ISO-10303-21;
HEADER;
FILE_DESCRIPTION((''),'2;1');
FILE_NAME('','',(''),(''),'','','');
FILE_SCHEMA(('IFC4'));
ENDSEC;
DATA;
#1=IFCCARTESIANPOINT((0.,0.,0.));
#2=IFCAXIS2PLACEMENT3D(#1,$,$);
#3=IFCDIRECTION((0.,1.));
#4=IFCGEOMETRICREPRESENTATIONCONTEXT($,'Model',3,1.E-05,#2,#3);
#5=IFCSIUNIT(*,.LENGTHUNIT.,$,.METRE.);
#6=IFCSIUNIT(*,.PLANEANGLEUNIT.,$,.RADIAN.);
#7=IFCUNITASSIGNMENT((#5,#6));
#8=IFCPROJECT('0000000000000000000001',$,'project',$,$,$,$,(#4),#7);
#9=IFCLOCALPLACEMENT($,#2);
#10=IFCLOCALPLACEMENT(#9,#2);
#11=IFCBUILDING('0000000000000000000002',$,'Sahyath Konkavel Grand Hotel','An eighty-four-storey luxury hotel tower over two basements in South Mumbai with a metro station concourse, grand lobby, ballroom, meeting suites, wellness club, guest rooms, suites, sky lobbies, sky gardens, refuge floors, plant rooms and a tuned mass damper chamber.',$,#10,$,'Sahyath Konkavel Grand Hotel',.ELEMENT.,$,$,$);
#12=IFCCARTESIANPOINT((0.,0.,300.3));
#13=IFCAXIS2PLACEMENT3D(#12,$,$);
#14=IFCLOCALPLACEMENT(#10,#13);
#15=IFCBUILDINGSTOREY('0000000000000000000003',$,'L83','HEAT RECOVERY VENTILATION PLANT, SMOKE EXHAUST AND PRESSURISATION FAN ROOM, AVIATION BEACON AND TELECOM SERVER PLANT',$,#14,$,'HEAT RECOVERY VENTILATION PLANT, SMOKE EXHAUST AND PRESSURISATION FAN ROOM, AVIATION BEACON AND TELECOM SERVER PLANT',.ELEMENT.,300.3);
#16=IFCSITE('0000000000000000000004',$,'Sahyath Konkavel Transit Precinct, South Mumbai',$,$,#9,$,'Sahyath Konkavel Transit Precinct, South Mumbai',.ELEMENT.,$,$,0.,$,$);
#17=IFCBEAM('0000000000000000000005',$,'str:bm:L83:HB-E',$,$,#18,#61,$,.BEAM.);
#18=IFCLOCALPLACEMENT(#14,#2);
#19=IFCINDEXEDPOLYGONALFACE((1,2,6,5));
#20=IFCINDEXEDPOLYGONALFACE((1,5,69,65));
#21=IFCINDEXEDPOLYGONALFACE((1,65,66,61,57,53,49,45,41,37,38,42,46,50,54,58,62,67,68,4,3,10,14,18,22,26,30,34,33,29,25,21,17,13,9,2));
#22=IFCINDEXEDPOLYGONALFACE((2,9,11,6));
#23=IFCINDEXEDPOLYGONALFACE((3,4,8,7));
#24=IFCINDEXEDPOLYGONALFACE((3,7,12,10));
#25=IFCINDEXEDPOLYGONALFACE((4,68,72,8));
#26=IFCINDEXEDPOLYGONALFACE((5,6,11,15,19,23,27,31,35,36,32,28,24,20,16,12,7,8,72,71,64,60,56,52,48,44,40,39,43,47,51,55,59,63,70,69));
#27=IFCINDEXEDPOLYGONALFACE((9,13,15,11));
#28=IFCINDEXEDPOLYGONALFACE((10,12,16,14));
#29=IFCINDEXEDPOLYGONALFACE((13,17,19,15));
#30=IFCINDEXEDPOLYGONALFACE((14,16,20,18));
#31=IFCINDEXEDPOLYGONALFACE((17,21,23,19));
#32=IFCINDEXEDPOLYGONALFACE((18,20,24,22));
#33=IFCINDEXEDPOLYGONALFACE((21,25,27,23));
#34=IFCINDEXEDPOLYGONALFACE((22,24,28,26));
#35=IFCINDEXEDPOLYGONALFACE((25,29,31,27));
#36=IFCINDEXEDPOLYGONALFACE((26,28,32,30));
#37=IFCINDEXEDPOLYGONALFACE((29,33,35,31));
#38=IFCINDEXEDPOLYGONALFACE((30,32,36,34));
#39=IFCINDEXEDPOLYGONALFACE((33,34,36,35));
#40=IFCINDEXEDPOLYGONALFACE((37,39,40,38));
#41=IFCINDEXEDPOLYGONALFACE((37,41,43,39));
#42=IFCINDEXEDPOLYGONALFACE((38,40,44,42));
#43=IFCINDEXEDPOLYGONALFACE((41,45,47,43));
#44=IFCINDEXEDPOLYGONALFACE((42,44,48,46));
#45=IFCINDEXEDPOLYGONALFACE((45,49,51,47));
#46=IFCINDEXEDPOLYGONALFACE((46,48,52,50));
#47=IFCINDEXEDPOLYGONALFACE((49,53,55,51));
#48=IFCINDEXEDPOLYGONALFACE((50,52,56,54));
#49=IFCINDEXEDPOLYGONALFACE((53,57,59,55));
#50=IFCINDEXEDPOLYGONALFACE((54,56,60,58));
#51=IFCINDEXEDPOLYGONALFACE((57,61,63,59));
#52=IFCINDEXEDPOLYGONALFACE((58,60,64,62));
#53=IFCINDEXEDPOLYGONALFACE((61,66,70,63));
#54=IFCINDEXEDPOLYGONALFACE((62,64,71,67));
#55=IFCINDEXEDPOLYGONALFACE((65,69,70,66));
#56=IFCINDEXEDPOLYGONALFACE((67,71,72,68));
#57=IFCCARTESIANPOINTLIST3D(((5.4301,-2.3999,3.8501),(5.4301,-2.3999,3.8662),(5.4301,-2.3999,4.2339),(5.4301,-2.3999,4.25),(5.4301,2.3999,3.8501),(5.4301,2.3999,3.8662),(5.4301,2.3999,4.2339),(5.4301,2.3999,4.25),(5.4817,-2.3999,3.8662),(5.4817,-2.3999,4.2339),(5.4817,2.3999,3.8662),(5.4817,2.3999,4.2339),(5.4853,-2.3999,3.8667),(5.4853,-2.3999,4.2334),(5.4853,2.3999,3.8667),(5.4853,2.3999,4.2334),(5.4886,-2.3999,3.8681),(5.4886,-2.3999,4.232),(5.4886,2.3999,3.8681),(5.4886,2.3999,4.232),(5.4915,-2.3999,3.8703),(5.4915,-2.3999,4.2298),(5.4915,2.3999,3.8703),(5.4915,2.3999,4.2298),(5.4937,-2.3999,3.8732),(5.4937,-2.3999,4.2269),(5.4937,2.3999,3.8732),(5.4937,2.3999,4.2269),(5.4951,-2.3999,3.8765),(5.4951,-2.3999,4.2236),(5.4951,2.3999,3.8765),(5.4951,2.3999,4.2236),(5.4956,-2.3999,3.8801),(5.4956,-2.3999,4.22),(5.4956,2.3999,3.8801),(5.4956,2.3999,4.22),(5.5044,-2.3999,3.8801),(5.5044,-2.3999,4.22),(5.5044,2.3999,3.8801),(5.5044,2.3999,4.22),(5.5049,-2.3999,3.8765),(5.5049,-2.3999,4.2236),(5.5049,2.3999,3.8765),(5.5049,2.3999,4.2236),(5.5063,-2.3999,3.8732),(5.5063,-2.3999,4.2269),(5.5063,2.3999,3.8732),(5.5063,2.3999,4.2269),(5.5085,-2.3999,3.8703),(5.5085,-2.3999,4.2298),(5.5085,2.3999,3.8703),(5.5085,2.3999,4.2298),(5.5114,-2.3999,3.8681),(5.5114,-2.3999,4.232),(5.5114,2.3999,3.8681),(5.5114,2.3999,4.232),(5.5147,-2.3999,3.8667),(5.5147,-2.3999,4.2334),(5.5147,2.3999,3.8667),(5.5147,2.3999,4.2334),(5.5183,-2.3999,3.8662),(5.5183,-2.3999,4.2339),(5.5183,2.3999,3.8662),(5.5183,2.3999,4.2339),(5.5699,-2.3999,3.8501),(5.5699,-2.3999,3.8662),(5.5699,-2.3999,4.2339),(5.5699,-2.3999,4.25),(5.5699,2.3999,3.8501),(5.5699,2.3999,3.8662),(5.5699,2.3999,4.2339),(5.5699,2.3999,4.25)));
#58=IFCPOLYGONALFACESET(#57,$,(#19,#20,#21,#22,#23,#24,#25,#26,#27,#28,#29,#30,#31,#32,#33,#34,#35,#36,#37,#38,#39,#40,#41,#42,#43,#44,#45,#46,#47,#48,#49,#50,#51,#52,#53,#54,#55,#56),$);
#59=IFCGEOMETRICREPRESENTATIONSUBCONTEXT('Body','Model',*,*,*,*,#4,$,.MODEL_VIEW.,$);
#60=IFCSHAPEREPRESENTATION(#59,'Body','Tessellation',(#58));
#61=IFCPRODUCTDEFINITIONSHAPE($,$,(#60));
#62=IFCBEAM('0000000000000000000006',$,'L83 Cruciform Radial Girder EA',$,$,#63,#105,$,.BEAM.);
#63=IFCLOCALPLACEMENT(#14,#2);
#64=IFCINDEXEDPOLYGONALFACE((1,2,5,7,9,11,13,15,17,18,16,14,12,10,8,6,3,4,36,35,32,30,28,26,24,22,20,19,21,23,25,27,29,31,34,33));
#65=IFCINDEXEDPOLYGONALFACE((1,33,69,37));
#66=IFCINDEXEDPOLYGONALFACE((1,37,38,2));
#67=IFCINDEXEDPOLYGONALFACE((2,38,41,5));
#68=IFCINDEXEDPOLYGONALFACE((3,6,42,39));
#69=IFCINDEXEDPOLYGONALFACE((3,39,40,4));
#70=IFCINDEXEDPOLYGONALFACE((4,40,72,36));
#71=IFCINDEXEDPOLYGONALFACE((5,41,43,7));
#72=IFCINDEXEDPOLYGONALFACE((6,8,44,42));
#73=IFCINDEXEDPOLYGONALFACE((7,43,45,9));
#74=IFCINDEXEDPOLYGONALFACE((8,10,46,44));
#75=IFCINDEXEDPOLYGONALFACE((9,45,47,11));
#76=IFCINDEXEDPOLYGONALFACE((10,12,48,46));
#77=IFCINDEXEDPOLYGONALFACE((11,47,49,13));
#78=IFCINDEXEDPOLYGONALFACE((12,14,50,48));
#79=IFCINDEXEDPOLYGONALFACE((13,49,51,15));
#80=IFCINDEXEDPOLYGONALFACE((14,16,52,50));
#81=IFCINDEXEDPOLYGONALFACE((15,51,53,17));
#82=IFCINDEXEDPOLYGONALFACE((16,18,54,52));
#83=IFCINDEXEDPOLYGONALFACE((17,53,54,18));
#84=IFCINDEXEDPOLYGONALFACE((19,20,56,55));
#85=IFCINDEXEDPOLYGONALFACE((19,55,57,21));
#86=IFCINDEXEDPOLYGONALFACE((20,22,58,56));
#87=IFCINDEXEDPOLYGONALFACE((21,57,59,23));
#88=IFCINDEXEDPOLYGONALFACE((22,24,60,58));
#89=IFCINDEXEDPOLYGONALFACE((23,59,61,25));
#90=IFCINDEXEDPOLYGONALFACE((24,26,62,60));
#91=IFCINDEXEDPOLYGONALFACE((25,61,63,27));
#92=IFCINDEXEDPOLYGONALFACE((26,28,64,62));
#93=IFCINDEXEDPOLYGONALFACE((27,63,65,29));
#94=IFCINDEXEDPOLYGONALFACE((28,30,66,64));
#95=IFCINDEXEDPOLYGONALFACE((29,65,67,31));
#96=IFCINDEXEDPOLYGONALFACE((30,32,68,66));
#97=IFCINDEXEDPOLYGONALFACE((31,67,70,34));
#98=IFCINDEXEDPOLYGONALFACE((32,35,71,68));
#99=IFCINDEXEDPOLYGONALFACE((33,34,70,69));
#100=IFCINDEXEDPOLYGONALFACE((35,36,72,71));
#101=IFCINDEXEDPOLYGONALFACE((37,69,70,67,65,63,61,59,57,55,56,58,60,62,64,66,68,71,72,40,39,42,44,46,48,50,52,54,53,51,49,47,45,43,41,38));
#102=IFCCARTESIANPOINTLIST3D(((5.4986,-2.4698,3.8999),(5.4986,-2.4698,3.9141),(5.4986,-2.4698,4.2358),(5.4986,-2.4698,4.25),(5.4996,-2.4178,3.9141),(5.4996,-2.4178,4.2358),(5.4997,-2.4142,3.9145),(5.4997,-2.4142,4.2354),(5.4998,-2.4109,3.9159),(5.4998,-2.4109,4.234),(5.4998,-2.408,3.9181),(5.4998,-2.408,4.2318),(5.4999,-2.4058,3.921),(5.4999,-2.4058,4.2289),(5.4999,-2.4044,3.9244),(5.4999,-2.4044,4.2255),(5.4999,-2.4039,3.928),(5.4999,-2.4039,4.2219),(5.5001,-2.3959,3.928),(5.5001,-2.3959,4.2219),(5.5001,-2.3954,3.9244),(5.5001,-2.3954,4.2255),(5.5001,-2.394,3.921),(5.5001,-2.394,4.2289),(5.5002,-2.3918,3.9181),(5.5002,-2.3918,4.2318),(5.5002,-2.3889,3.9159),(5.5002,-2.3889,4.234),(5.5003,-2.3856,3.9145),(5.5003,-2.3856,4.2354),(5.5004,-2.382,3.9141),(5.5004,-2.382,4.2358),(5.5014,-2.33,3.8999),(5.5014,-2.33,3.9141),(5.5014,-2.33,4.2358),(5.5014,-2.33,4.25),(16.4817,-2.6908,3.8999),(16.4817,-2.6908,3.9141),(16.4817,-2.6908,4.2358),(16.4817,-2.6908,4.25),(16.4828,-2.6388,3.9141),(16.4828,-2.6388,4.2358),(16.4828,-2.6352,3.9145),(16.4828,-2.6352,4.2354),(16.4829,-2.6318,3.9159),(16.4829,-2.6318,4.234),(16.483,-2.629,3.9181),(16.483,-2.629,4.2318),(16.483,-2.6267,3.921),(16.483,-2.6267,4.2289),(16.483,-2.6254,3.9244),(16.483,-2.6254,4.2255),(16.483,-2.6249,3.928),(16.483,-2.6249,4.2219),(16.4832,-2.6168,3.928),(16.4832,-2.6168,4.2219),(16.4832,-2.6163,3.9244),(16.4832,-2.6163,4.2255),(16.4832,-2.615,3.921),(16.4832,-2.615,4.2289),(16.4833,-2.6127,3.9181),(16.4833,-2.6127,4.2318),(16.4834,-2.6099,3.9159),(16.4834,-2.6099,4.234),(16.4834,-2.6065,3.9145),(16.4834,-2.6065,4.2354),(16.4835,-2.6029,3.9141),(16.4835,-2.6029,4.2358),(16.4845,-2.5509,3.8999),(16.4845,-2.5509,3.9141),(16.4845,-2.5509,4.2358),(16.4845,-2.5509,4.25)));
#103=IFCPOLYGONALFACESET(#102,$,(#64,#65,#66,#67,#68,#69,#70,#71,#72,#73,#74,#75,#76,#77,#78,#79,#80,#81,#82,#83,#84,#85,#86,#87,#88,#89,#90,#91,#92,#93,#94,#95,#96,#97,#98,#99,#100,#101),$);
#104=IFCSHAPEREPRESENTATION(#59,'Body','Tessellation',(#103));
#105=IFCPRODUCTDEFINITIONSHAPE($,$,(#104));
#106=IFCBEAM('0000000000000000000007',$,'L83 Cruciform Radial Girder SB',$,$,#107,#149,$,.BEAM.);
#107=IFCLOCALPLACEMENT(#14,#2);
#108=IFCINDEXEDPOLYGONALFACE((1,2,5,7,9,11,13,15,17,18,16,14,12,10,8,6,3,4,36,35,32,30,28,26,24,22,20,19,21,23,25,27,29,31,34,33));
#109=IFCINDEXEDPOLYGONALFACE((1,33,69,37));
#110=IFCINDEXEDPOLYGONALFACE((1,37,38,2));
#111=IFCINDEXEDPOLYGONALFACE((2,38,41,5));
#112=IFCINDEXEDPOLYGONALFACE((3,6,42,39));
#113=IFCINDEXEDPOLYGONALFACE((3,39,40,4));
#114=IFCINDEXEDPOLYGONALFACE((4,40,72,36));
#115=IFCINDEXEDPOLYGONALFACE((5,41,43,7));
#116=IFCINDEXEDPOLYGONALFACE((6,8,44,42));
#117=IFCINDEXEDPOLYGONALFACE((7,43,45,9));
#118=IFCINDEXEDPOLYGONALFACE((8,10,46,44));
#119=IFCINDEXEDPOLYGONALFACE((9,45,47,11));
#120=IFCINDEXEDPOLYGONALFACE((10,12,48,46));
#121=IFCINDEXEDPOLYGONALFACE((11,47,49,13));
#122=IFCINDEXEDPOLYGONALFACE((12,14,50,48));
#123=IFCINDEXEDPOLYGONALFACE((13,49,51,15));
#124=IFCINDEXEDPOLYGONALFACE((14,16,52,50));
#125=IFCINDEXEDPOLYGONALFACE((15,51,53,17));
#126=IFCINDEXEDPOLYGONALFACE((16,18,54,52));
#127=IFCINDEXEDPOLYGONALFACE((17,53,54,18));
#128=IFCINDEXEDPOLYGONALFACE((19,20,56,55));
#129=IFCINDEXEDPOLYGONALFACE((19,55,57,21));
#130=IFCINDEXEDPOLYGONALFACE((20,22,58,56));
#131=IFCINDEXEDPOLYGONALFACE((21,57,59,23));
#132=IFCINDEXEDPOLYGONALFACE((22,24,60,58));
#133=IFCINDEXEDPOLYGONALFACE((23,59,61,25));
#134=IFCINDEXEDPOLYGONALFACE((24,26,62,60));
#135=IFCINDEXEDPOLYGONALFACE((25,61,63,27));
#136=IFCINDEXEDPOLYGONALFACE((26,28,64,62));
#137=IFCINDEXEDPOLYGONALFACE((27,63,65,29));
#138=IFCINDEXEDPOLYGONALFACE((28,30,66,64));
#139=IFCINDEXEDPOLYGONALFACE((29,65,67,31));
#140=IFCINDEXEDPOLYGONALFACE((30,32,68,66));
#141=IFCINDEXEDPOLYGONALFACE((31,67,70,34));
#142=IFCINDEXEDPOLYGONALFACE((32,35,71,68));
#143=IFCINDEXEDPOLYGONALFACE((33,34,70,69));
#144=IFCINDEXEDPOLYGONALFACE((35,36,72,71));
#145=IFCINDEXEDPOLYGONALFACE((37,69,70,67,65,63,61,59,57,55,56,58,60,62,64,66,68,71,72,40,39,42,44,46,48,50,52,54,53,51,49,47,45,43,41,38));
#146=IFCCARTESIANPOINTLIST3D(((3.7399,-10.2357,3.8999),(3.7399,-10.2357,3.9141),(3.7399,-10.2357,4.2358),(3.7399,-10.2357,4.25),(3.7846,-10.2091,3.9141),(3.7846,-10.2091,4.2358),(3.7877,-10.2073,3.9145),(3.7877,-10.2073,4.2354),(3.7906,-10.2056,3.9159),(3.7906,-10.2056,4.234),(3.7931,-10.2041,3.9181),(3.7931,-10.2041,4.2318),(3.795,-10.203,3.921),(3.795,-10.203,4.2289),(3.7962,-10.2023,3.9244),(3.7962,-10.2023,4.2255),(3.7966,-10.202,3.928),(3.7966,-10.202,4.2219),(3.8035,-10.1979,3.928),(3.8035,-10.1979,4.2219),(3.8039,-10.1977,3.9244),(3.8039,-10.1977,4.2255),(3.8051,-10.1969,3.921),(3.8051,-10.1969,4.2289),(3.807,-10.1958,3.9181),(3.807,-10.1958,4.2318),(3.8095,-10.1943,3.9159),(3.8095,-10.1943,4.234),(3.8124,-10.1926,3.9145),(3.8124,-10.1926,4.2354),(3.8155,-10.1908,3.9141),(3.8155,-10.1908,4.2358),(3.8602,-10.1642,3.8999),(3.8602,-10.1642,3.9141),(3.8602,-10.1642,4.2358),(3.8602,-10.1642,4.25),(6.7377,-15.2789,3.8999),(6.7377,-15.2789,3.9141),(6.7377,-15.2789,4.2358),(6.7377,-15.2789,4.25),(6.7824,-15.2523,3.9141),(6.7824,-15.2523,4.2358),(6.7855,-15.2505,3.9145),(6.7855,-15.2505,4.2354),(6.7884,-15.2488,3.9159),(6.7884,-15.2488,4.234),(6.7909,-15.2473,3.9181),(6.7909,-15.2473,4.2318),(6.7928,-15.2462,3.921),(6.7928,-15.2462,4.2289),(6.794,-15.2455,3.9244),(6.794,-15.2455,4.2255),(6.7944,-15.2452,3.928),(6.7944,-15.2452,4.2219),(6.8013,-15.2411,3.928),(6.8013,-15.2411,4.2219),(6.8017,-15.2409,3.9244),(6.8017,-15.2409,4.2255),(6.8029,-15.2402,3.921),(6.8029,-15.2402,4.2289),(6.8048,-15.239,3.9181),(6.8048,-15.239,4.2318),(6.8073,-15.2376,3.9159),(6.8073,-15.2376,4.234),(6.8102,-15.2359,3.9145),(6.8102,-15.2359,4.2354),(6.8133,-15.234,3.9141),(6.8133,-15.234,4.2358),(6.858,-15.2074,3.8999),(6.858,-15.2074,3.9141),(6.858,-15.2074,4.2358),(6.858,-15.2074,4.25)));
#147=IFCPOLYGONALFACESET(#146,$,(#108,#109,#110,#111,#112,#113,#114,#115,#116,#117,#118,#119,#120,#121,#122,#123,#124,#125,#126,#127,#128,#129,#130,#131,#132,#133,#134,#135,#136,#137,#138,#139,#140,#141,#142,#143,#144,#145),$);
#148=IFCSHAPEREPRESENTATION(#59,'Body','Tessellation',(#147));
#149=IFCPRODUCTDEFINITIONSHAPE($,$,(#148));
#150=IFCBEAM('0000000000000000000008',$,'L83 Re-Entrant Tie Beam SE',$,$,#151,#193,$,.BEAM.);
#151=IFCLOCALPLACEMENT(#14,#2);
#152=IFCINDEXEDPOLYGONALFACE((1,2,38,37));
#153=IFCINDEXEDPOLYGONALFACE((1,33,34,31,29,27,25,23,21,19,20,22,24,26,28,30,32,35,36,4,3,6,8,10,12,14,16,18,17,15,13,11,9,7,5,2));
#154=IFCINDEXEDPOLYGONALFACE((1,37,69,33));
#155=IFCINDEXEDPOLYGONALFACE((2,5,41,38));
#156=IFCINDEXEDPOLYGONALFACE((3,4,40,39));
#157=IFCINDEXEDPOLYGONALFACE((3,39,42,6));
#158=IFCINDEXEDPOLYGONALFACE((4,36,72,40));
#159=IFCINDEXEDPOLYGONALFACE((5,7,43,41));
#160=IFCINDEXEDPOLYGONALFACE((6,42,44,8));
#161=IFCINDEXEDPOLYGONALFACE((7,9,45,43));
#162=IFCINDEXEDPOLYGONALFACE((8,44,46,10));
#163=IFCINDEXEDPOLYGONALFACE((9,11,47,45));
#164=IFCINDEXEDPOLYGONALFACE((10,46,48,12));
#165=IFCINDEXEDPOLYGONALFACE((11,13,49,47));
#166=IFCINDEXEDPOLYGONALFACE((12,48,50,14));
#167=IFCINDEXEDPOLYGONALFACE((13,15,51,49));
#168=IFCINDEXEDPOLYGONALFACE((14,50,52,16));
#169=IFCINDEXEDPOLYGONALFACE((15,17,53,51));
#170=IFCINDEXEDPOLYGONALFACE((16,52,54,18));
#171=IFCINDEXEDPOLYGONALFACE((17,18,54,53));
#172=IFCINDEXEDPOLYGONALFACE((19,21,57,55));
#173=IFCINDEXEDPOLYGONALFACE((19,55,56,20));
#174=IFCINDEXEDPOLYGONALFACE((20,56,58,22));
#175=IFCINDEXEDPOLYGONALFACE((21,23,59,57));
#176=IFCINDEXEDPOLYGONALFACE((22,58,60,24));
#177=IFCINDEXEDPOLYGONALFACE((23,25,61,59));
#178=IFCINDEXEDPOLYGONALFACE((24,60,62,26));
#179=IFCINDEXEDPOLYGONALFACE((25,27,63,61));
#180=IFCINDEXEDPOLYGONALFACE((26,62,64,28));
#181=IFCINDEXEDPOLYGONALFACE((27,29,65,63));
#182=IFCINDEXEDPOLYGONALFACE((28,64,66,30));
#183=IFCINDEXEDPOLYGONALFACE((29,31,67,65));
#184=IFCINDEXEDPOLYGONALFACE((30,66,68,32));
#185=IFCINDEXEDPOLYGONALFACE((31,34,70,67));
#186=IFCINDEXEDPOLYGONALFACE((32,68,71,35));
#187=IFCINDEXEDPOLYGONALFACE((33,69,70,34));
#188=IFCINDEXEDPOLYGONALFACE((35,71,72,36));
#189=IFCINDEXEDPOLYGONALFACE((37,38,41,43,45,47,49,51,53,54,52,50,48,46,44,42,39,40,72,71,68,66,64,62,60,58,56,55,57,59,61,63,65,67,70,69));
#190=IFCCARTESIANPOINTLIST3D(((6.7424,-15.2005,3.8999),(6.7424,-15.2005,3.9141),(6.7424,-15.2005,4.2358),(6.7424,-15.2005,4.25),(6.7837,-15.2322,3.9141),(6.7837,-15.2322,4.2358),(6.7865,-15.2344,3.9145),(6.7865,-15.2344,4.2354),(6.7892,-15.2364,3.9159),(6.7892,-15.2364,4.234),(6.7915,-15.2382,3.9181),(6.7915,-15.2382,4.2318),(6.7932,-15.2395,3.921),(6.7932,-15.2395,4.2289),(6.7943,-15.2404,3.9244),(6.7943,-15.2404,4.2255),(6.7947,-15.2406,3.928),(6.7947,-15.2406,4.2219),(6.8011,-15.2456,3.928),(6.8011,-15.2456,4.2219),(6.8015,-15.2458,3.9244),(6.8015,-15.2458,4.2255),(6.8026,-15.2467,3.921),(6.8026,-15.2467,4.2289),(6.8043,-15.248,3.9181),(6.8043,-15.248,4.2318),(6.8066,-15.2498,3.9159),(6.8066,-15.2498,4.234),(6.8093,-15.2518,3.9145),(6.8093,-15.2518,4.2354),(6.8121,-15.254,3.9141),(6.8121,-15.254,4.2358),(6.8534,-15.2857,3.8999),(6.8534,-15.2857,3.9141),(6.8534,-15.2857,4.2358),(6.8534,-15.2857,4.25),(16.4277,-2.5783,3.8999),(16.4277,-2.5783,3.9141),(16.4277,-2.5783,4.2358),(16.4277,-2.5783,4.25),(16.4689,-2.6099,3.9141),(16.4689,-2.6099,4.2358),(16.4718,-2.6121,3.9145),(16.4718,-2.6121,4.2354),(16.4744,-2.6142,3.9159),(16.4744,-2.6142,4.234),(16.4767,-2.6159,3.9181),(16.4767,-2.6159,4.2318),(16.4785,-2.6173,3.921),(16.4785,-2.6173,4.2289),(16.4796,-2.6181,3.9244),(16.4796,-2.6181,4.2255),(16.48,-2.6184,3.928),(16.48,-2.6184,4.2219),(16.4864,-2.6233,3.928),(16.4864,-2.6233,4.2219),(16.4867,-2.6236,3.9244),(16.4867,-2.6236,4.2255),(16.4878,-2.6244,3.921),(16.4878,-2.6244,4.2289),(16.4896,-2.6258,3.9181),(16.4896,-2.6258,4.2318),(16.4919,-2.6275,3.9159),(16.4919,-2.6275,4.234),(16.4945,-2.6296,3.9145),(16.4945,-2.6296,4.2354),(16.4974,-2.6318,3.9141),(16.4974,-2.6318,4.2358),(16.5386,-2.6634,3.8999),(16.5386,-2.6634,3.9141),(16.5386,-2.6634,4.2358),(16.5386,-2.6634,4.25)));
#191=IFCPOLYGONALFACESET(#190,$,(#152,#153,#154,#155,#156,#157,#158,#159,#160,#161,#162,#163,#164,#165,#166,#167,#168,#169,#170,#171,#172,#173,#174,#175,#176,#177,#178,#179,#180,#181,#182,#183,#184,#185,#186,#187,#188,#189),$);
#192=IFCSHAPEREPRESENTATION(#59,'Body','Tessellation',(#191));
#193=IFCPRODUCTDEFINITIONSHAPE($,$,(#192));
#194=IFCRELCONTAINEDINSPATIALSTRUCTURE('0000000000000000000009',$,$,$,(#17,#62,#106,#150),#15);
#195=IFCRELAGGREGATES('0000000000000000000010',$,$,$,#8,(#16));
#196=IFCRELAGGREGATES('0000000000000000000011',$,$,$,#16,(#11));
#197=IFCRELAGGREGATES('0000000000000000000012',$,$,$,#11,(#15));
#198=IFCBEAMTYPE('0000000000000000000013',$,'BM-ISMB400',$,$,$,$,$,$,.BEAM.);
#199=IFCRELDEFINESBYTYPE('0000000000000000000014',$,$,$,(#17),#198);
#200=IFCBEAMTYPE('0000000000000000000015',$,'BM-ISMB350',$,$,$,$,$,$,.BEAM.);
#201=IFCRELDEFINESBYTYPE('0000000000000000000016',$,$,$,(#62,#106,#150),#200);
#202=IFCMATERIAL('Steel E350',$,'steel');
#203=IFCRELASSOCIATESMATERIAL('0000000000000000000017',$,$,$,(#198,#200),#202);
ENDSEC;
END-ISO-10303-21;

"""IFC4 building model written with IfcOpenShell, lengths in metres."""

from ifc_helpers import new_model, si_unit, direction, frame, origin, origin_2d, place, context, subcontext, project, spatial, i_section, extrude, source, transform, mapped, material, material_profile, profile_set, type_object, element, save


model = new_model("IFC4")

# Units and contexts
model_context = context("Model", 3, precision=1e-05, world=origin(), true_north=direction((0.0, 1.0)))
body_context = subcontext(model_context, "Body", "Model", "MODEL_VIEW")
ifc_project = project(units=[si_unit("LENGTHUNIT", "METRE"), si_unit("PLANEANGLEUNIT", "RADIAN")], contexts=[model_context])

# Site, building, storey
site_placement = place(None, origin())
site = spatial("IfcSite", under=ifc_project, at=site_placement, Name="Sahyath Konkavel Transit Precinct, South Mumbai", LongName="Sahyath Konkavel Transit Precinct, South Mumbai", CompositionType="ELEMENT", RefElevation=0.0)
building_placement = place(site_placement, origin())
building = spatial("IfcBuilding", under=site, at=building_placement, Name="Sahyath Konkavel Grand Hotel", Description="An eighty-four-storey luxury hotel tower over two basements in South Mumbai with a metro station concourse, grand lobby, ballroom, meeting suites, wellness club, guest rooms, suites, sky lobbies, sky gardens, refuge floors, plant rooms and a tuned mass damper chamber.", LongName="Sahyath Konkavel Grand Hotel", CompositionType="ELEMENT")
storey_placement = place(building_placement, frame((0.0, 0.0, 300.3)))
storey = spatial("IfcBuildingStorey", under=building, at=storey_placement, Name="L83", Description="HEAT RECOVERY VENTILATION PLANT, SMOKE EXHAUST AND PRESSURISATION FAN ROOM, AVIATION BEACON AND TELECOM SERVER PLANT", LongName="HEAT RECOVERY VENTILATION PLANT, SMOKE EXHAUST AND PRESSURISATION FAN ROOM, AVIATION BEACON AND TELECOM SERVER PLANT", CompositionType="ELEMENT", Elevation=300.3)

# Shared definitions
ifc_material_1 = material(Name="Steel E350", Category="steel")

# Beams
ifc_material_profile_1 = material_profile(ifc_material_1, i_section(OverallWidth=0.1399, OverallDepth=0.3999, WebThickness=0.0088, FlangeThickness=0.0161, FilletRadius=0.0139, at=origin_2d()), Name="ISMB 400")
ifc_profile_set_1 = profile_set([ifc_material_profile_1], Name="Steel E350")
beam_type_1 = type_object("IfcBeamType", Name="BM-ISMB400", PredefinedType="BEAM", material=ifc_profile_set_1)
shared_shape_1 = source(origin(), body_context, "Body", "SweptSolid", [
    extrude(i_section(OverallWidth=0.1399, OverallDepth=0.3999, WebThickness=0.0088, FlangeThickness=0.0161, FilletRadius=0.0139, at=origin_2d()), origin(), (0.0, 0.0, 1.0), 4.7998),
])
beam_1_placement = place(storey_placement, frame((5.5, -2.3999, 4.05), z_axis=(0.0, 1.0, 0.0), x_axis=(-1.0, 0.0, 0.0)))
element("IfcBeam", 1, at=beam_1_placement, inside=storey, type_object=beam_type_1, Name="str:bm:L83:HB-E", PredefinedType="BEAM", context=body_context, shape_type="MappedRepresentation", body=[
    mapped(shared_shape_1, transform((0.0, 0.0, 0.0), scale=1.0)),
])
ifc_material_profile_2 = material_profile(ifc_material_1, i_section(OverallWidth=0.1399, OverallDepth=0.3501, WebThickness=0.0081, FlangeThickness=0.0142, FilletRadius=0.0139, at=origin_2d()), Name="ISMB 350")
ifc_profile_set_2 = profile_set([ifc_material_profile_2], Name="Steel E350")
beam_type_2 = type_object("IfcBeamType", Name="BM-ISMB350", PredefinedType="BEAM", material=ifc_profile_set_2)
shared_shape_2 = source(origin(), body_context, "Body", "SweptSolid", [
    extrude(i_section(OverallWidth=0.1399, OverallDepth=0.3501, WebThickness=0.0081, FlangeThickness=0.0142, FilletRadius=0.0139, at=origin_2d()), origin(), (0.0, 0.0, 1.0), 10.9854),
])
beam_2_placement = place(storey_placement, frame((5.5, -2.3999, 4.075), z_axis=(0.999798, -0.020113, 0.0), x_axis=(0.020113, 0.999798, 0.0)))
element("IfcBeam", 2, at=beam_2_placement, inside=storey, type_object=beam_type_2, Name="L83 Cruciform Radial Girder EA", PredefinedType="BEAM", context=body_context, shape_type="MappedRepresentation", body=[
    mapped(shared_shape_2, transform((0.0, 0.0, 0.0), scale=1.0)),
])
shared_shape_3 = source(origin(), body_context, "Body", "SweptSolid", [
    extrude(i_section(OverallWidth=0.1399, OverallDepth=0.3501, WebThickness=0.0081, FlangeThickness=0.0142, FilletRadius=0.0139, at=origin_2d()), origin(), (0.0, 0.0, 1.0), 5.8669),
])
beam_3_placement = place(storey_placement, frame((3.8, -10.2, 4.075), z_axis=(0.510967, -0.859601, 0.0), x_axis=(0.859601, 0.510967, 0.0)))
element("IfcBeam", 3, at=beam_3_placement, inside=storey, type_object=beam_type_2, Name="L83 Cruciform Radial Girder SB", PredefinedType="BEAM", context=body_context, shape_type="MappedRepresentation", body=[
    mapped(shared_shape_3, transform((0.0, 0.0, 0.0), scale=1.0)),
])
shared_shape_4 = source(origin(), body_context, "Body", "SweptSolid", [
    extrude(i_section(OverallWidth=0.1399, OverallDepth=0.3501, WebThickness=0.0081, FlangeThickness=0.0142, FilletRadius=0.0139, at=origin_2d()), origin(), (0.0, 0.0, 1.0), 15.9099),
])
beam_4_placement = place(storey_placement, frame((16.4832, -2.6208, 4.075), z_axis=(-0.608756, -0.793358, 0.0), x_axis=(0.793358, -0.608756, 0.0)))
element("IfcBeam", 4, at=beam_4_placement, inside=storey, type_object=beam_type_2, Name="L83 Re-Entrant Tie Beam SE", PredefinedType="BEAM", context=body_context, shape_type="MappedRepresentation", body=[
    mapped(shared_shape_4, transform((0.0, 0.0, 0.0), scale=1.0)),
])

save(model, "model.ifc")
